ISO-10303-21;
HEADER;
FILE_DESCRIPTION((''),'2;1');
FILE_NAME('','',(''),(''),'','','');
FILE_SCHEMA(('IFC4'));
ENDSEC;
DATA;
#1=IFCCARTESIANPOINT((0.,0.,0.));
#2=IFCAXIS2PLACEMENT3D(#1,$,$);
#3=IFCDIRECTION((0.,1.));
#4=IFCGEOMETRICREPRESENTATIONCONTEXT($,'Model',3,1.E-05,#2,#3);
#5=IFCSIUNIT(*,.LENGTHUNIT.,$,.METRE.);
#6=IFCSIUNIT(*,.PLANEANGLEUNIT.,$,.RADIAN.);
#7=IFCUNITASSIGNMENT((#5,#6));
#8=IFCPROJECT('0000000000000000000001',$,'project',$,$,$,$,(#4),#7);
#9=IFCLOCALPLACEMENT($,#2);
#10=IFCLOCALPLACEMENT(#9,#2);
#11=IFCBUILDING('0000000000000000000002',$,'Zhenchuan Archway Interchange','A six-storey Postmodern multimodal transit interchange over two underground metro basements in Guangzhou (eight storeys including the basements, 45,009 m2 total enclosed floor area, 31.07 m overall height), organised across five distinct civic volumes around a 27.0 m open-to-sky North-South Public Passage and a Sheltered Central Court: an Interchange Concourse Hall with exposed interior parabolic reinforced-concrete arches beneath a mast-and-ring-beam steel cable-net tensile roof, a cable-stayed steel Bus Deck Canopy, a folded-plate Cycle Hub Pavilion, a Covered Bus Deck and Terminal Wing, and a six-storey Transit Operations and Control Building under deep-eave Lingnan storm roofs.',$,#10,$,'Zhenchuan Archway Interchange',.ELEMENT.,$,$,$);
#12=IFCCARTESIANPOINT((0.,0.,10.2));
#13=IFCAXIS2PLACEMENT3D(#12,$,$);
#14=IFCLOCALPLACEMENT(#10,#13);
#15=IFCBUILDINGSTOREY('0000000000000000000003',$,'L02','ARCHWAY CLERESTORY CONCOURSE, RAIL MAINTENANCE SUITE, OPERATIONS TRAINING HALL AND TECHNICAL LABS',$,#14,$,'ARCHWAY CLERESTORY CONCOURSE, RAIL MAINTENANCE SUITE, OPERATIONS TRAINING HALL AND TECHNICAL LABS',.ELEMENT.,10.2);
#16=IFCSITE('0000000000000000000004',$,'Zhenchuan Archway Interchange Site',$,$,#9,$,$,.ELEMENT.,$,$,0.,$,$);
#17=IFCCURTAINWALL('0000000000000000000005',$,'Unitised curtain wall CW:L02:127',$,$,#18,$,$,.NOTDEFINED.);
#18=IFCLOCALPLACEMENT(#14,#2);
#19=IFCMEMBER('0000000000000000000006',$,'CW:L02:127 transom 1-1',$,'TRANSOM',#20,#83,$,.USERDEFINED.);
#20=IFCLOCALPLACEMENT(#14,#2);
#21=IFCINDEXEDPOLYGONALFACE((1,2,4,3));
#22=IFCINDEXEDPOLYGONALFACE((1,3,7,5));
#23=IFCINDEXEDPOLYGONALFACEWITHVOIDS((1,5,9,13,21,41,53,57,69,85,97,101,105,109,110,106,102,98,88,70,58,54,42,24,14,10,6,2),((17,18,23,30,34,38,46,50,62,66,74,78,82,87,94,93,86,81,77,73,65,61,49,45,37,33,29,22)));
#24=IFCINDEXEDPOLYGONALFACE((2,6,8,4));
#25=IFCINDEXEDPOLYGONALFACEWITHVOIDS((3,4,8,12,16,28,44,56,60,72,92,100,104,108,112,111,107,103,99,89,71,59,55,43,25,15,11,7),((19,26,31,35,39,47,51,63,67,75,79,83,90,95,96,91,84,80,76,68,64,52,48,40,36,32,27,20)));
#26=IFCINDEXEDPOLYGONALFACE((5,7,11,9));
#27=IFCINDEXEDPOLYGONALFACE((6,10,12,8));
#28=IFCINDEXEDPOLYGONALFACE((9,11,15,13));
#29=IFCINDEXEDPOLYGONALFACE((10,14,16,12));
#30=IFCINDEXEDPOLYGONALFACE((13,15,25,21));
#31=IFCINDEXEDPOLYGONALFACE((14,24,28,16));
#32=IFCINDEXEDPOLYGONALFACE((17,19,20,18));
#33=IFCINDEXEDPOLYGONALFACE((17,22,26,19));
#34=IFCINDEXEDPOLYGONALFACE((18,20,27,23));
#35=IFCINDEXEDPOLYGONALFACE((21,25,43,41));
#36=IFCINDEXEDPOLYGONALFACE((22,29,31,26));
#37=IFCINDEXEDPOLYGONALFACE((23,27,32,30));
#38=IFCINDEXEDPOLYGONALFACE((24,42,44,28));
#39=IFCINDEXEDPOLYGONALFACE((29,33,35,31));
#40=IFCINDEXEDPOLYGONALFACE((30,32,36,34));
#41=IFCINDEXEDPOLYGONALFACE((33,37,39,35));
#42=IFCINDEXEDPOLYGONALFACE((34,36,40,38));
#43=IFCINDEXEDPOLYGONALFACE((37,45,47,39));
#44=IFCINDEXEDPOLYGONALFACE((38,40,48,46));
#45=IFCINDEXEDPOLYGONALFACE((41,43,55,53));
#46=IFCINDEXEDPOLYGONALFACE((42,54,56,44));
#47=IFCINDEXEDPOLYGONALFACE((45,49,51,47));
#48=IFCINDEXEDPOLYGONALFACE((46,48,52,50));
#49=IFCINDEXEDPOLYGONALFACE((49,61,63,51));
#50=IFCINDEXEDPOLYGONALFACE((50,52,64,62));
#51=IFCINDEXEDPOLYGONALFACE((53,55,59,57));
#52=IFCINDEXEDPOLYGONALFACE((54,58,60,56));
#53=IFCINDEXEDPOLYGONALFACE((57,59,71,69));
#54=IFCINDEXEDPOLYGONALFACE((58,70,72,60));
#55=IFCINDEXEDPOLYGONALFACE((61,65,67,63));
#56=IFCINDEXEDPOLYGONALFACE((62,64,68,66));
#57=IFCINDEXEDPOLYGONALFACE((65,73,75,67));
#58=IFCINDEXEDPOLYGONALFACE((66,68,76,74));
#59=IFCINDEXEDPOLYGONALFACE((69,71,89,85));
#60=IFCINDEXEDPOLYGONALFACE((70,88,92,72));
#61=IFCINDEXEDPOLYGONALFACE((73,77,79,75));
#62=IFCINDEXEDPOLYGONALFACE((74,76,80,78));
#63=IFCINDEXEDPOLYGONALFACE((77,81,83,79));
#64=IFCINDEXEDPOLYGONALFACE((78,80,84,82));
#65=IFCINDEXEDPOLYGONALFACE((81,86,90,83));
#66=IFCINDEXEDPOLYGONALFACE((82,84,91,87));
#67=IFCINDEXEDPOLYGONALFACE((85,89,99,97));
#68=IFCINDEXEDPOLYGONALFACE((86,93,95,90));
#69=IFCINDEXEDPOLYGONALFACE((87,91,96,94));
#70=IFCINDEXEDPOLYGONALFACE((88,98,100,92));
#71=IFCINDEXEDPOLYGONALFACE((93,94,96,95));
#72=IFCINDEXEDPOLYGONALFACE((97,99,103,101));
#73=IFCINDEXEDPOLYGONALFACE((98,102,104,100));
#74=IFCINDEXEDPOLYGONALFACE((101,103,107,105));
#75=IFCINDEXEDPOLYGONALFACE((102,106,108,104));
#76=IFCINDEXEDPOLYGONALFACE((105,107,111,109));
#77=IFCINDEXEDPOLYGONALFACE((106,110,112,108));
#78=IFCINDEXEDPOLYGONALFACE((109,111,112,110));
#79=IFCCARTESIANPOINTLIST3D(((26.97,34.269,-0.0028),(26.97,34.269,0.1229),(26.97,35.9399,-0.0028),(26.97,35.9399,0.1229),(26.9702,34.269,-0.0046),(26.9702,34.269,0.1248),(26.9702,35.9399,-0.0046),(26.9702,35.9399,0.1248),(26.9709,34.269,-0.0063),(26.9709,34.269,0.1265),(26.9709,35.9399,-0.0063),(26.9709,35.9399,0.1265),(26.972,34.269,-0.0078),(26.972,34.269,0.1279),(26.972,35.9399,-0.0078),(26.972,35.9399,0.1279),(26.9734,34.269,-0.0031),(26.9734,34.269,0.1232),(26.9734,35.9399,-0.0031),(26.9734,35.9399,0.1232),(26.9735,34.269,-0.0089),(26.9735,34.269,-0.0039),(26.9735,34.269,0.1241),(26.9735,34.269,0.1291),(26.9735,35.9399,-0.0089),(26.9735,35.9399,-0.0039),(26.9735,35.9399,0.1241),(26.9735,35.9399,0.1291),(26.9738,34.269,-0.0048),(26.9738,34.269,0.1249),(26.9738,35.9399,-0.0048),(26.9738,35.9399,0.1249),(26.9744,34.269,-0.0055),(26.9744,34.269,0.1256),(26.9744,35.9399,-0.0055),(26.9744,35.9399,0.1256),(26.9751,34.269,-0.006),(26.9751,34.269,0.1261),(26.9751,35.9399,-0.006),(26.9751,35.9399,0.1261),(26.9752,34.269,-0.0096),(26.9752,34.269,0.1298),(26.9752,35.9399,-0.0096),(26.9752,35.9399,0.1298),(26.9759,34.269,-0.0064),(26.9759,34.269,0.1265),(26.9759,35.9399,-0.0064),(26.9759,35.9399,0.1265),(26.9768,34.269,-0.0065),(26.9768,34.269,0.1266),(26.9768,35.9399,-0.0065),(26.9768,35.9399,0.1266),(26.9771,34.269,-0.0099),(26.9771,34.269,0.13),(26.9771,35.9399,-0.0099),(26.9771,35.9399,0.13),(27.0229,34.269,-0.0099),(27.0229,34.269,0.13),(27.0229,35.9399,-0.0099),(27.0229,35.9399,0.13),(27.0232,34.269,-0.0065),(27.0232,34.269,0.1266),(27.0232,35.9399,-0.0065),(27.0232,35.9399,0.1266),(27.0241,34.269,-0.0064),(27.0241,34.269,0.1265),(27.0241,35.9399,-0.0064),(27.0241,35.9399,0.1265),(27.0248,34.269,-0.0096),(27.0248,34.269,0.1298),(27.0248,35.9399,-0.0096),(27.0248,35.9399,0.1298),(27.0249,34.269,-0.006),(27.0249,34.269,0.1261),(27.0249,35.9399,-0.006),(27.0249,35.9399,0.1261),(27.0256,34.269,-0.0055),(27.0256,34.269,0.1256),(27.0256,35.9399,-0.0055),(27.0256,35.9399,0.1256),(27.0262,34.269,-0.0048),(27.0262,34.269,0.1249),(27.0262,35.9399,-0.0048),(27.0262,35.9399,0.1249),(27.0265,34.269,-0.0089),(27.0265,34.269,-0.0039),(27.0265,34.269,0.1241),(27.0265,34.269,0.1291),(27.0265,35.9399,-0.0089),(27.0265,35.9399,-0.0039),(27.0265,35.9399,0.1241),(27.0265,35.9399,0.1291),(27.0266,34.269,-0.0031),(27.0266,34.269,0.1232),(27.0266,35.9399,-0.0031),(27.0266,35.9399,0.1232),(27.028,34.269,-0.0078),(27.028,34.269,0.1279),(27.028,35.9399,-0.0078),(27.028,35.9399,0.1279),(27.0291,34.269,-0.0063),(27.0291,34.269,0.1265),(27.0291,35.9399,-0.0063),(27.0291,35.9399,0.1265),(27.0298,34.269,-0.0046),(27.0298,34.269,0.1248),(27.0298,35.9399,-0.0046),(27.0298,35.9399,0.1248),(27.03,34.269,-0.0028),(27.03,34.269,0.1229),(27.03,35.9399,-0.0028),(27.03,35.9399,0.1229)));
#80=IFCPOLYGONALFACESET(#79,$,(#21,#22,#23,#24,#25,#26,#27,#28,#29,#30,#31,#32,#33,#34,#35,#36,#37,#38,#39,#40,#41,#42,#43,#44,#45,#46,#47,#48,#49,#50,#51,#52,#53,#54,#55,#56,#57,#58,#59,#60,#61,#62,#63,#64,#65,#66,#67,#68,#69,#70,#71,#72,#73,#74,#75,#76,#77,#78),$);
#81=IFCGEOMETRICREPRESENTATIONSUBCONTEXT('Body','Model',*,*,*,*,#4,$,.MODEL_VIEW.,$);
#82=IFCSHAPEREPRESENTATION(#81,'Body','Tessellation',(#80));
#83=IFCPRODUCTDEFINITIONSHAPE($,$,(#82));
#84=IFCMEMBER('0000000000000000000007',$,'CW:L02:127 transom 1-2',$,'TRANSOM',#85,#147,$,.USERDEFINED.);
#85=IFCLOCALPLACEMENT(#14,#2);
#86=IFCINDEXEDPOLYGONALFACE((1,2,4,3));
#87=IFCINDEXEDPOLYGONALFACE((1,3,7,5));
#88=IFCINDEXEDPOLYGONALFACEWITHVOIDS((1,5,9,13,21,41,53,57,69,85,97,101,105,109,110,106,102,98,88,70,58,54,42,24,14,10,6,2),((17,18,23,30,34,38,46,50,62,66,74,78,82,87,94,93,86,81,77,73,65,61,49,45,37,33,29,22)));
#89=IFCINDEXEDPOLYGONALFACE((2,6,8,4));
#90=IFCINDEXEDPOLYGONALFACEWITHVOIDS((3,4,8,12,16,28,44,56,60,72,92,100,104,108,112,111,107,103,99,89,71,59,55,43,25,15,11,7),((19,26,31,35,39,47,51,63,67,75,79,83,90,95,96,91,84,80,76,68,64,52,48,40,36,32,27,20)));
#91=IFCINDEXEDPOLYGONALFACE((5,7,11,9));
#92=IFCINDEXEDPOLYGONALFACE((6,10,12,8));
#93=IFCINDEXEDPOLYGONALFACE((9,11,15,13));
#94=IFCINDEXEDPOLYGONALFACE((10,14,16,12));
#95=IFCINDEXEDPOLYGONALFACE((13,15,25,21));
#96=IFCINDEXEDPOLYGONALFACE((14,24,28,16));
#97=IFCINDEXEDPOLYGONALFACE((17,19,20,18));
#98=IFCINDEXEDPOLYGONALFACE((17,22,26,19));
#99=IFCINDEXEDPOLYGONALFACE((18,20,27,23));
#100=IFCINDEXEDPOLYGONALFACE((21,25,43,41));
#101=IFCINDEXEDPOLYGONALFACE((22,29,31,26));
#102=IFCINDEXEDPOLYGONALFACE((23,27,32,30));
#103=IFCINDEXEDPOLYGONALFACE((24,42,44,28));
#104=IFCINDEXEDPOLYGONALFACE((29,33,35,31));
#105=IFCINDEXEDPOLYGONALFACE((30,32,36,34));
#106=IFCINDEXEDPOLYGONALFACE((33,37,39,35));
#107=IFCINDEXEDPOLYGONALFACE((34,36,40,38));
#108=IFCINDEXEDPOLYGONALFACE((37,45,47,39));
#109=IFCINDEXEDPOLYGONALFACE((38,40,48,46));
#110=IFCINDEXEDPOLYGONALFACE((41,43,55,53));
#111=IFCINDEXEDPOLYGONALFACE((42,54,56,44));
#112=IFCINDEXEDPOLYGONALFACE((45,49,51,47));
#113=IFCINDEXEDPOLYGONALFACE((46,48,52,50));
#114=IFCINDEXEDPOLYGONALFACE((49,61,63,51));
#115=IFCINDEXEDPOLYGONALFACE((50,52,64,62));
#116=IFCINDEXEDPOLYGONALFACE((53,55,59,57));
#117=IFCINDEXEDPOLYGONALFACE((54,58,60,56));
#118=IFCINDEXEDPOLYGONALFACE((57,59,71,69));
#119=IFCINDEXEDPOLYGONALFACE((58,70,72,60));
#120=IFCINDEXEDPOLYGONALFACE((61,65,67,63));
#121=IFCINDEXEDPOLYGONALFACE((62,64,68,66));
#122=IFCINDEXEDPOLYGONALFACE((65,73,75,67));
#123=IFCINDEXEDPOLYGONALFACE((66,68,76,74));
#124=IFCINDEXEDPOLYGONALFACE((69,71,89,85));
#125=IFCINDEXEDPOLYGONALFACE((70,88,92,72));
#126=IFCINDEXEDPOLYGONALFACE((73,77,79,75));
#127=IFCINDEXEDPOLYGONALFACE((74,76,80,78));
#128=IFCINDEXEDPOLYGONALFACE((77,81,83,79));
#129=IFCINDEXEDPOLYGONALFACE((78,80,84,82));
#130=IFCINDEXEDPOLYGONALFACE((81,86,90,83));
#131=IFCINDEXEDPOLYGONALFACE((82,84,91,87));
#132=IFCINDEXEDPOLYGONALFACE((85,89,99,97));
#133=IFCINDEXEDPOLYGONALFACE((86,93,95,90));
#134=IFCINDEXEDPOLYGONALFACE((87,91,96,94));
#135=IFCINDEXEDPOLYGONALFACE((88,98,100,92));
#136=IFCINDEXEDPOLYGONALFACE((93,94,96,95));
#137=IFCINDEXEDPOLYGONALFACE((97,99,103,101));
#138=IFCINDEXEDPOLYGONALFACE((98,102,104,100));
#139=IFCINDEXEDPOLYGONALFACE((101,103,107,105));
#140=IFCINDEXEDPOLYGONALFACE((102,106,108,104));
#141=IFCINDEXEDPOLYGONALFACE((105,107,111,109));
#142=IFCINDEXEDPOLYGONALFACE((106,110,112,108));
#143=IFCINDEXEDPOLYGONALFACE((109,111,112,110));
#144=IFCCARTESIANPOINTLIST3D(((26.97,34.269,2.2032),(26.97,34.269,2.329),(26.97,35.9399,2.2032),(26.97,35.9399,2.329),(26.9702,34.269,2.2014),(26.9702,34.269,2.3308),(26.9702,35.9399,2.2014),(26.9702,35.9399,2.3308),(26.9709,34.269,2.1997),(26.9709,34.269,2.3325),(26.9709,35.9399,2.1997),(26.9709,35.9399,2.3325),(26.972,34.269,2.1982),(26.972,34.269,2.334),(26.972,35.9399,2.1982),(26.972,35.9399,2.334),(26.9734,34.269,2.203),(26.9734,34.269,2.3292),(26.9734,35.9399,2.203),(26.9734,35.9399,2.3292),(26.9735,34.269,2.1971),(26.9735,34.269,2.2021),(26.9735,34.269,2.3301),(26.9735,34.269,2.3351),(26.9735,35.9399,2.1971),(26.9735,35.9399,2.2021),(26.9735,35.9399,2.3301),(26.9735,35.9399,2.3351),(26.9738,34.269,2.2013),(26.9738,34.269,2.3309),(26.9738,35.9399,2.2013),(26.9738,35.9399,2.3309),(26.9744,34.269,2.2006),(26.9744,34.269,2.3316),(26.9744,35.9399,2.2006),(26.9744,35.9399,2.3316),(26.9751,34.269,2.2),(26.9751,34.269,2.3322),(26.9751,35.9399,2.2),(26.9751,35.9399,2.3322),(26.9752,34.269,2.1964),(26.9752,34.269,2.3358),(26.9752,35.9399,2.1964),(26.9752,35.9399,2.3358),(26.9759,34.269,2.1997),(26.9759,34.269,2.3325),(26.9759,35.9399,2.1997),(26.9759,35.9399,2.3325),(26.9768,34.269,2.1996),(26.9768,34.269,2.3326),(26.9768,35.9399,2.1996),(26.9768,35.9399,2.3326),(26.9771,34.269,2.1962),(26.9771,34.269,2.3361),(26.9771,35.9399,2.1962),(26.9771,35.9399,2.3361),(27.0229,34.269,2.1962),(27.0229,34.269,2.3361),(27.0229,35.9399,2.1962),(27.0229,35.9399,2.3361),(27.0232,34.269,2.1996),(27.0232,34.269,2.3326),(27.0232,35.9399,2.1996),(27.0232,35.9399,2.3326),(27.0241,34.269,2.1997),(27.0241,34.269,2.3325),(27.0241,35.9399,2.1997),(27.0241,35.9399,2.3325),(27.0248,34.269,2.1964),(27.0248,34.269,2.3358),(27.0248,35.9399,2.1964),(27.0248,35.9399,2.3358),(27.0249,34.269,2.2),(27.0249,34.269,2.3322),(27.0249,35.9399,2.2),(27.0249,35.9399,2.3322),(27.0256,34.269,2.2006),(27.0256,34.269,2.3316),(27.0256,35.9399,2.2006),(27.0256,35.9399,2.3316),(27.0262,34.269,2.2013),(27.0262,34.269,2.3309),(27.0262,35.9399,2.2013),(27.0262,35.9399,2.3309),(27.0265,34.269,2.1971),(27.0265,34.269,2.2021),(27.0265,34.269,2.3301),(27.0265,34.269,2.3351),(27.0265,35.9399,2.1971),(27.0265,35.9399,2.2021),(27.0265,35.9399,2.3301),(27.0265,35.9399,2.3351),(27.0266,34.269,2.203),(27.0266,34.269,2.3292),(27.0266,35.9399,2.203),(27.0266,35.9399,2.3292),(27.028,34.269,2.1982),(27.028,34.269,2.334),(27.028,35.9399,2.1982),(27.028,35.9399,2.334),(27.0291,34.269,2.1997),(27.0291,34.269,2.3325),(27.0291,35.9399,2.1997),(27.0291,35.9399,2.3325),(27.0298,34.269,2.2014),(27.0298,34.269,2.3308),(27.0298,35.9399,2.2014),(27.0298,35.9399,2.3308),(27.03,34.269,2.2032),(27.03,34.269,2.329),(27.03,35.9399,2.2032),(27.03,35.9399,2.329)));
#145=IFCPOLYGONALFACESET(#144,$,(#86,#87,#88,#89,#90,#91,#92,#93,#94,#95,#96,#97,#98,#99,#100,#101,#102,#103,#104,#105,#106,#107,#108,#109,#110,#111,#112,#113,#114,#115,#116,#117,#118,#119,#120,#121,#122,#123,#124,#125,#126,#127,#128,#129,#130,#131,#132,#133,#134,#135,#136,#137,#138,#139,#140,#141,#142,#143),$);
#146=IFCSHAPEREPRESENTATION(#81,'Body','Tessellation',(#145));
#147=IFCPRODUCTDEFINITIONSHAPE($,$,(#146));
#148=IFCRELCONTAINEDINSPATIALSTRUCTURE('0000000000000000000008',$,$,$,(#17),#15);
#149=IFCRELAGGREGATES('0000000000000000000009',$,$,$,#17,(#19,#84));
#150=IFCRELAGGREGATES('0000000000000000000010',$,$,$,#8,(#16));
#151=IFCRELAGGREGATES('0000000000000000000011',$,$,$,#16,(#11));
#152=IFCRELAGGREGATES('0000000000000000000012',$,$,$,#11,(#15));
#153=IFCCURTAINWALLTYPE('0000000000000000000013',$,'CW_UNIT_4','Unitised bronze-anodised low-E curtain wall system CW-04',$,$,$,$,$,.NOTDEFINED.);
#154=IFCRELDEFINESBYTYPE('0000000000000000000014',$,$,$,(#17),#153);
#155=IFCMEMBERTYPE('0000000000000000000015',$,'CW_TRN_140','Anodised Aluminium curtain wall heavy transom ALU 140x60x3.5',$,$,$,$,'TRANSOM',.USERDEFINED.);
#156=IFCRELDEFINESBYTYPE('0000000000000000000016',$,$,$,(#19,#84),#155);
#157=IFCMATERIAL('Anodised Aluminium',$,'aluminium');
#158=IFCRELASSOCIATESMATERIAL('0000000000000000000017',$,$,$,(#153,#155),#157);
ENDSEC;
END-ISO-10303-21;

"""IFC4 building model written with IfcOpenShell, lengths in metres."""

from ifc_helpers import new_model, si_unit, direction, frame, origin, origin_2d, place, context, subcontext, project, spatial, hollow_rectangle, extrude, material, material_profile, profile_set, type_object, element, aggregate, save


model = new_model("IFC4")

# Units and contexts
model_context = context("Model", 3, precision=1e-05, world=origin(), true_north=direction((0.0, 1.0)))
body_context = subcontext(model_context, "Body", "Model", "MODEL_VIEW")
ifc_project = project(units=[si_unit("LENGTHUNIT", "METRE"), si_unit("PLANEANGLEUNIT", "RADIAN")], contexts=[model_context])

# Site, building, storey
site_placement = place(None, origin())
site = spatial("IfcSite", under=ifc_project, at=site_placement, Name="Zhenchuan Archway Interchange Site", CompositionType="ELEMENT", RefElevation=0.0)
building_placement = place(site_placement, origin())
building = spatial("IfcBuilding", under=site, at=building_placement, Name="Zhenchuan Archway Interchange", Description="A six-storey Postmodern multimodal transit interchange over two underground metro basements in Guangzhou (eight storeys including the basements, 45,009 m2 total enclosed floor area, 31.07 m overall height), organised across five distinct civic volumes around a 27.0 m open-to-sky North-South Public Passage and a Sheltered Central Court: an Interchange Concourse Hall with exposed interior parabolic reinforced-concrete arches beneath a mast-and-ring-beam steel cable-net tensile roof, a cable-stayed steel Bus Deck Canopy, a folded-plate Cycle Hub Pavilion, a Covered Bus Deck and Terminal Wing, and a six-storey Transit Operations and Control Building under deep-eave Lingnan storm roofs.", LongName="Zhenchuan Archway Interchange", CompositionType="ELEMENT")
storey_placement = place(building_placement, frame((0.0, 0.0, 10.2)))
storey = spatial("IfcBuildingStorey", under=building, at=storey_placement, Name="L02", Description="ARCHWAY CLERESTORY CONCOURSE, RAIL MAINTENANCE SUITE, OPERATIONS TRAINING HALL AND TECHNICAL LABS", LongName="ARCHWAY CLERESTORY CONCOURSE, RAIL MAINTENANCE SUITE, OPERATIONS TRAINING HALL AND TECHNICAL LABS", CompositionType="ELEMENT", Elevation=10.2)

# Curtain wall, members
ifc_material_1 = material(Name="Anodised Aluminium", Category="aluminium")
curtain_wall_type = type_object("IfcCurtainWallType", Name="CW_UNIT_4", Description="Unitised bronze-anodised low-E curtain wall system CW-04", PredefinedType="NOTDEFINED", material=ifc_material_1)
curtain_wall_placement = place(storey_placement, origin())
curtain_wall = element("IfcCurtainWall", 1, at=curtain_wall_placement, inside=storey, type_object=curtain_wall_type, Name="Unitised curtain wall CW:L02:127", PredefinedType="NOTDEFINED")
ifc_material_profile_1 = material_profile(ifc_material_1, hollow_rectangle(XDim=0.0601, YDim=0.1399, WallThickness=0.0034, InnerFilletRadius=0.0034, OuterFilletRadius=0.0071, at=origin_2d()), Name="ALU 140x60x3.5")
ifc_profile_set_1 = profile_set([ifc_material_profile_1], Name="Anodised Aluminium")
member_type_1 = type_object("IfcMemberType", Name="CW_TRN_140", Description="Anodised Aluminium curtain wall heavy transom ALU 140x60x3.5", ElementType="TRANSOM", PredefinedType="USERDEFINED", material=ifc_profile_set_1)
member_1_placement = place(storey_placement, frame((27.0, 34.269, 0.0601), z_axis=(0.0, 1.0, 0.0), x_axis=(-1.0, 0.0, 0.0)))
member_1 = element("IfcMember", 2, at=member_1_placement, type_object=member_type_1, Name="CW:L02:127 transom 1-1", ObjectType="TRANSOM", PredefinedType="USERDEFINED", context=body_context, shape_type="SweptSolid", body=[
    extrude(hollow_rectangle(XDim=0.0601, YDim=0.1399, WallThickness=0.0034, InnerFilletRadius=0.0034, OuterFilletRadius=0.0071, at=origin_2d()), origin(), (0.0, 0.0, 1.0), 1.6709),
])
member_2_placement = place(storey_placement, frame((27.0, 34.269, 2.2661), z_axis=(0.0, 1.0, 0.0), x_axis=(-1.0, 0.0, 0.0)))
member_2 = element("IfcMember", 3, at=member_2_placement, type_object=member_type_1, Name="CW:L02:127 transom 1-2", ObjectType="TRANSOM", PredefinedType="USERDEFINED", context=body_context, shape_type="SweptSolid", body=[
    extrude(hollow_rectangle(XDim=0.0601, YDim=0.1399, WallThickness=0.0034, InnerFilletRadius=0.0034, OuterFilletRadius=0.0071, at=origin_2d()), origin(), (0.0, 0.0, 1.0), 1.6709),
])

aggregate(curtain_wall, [member_1, member_2])

save(model, "model.ifc")
